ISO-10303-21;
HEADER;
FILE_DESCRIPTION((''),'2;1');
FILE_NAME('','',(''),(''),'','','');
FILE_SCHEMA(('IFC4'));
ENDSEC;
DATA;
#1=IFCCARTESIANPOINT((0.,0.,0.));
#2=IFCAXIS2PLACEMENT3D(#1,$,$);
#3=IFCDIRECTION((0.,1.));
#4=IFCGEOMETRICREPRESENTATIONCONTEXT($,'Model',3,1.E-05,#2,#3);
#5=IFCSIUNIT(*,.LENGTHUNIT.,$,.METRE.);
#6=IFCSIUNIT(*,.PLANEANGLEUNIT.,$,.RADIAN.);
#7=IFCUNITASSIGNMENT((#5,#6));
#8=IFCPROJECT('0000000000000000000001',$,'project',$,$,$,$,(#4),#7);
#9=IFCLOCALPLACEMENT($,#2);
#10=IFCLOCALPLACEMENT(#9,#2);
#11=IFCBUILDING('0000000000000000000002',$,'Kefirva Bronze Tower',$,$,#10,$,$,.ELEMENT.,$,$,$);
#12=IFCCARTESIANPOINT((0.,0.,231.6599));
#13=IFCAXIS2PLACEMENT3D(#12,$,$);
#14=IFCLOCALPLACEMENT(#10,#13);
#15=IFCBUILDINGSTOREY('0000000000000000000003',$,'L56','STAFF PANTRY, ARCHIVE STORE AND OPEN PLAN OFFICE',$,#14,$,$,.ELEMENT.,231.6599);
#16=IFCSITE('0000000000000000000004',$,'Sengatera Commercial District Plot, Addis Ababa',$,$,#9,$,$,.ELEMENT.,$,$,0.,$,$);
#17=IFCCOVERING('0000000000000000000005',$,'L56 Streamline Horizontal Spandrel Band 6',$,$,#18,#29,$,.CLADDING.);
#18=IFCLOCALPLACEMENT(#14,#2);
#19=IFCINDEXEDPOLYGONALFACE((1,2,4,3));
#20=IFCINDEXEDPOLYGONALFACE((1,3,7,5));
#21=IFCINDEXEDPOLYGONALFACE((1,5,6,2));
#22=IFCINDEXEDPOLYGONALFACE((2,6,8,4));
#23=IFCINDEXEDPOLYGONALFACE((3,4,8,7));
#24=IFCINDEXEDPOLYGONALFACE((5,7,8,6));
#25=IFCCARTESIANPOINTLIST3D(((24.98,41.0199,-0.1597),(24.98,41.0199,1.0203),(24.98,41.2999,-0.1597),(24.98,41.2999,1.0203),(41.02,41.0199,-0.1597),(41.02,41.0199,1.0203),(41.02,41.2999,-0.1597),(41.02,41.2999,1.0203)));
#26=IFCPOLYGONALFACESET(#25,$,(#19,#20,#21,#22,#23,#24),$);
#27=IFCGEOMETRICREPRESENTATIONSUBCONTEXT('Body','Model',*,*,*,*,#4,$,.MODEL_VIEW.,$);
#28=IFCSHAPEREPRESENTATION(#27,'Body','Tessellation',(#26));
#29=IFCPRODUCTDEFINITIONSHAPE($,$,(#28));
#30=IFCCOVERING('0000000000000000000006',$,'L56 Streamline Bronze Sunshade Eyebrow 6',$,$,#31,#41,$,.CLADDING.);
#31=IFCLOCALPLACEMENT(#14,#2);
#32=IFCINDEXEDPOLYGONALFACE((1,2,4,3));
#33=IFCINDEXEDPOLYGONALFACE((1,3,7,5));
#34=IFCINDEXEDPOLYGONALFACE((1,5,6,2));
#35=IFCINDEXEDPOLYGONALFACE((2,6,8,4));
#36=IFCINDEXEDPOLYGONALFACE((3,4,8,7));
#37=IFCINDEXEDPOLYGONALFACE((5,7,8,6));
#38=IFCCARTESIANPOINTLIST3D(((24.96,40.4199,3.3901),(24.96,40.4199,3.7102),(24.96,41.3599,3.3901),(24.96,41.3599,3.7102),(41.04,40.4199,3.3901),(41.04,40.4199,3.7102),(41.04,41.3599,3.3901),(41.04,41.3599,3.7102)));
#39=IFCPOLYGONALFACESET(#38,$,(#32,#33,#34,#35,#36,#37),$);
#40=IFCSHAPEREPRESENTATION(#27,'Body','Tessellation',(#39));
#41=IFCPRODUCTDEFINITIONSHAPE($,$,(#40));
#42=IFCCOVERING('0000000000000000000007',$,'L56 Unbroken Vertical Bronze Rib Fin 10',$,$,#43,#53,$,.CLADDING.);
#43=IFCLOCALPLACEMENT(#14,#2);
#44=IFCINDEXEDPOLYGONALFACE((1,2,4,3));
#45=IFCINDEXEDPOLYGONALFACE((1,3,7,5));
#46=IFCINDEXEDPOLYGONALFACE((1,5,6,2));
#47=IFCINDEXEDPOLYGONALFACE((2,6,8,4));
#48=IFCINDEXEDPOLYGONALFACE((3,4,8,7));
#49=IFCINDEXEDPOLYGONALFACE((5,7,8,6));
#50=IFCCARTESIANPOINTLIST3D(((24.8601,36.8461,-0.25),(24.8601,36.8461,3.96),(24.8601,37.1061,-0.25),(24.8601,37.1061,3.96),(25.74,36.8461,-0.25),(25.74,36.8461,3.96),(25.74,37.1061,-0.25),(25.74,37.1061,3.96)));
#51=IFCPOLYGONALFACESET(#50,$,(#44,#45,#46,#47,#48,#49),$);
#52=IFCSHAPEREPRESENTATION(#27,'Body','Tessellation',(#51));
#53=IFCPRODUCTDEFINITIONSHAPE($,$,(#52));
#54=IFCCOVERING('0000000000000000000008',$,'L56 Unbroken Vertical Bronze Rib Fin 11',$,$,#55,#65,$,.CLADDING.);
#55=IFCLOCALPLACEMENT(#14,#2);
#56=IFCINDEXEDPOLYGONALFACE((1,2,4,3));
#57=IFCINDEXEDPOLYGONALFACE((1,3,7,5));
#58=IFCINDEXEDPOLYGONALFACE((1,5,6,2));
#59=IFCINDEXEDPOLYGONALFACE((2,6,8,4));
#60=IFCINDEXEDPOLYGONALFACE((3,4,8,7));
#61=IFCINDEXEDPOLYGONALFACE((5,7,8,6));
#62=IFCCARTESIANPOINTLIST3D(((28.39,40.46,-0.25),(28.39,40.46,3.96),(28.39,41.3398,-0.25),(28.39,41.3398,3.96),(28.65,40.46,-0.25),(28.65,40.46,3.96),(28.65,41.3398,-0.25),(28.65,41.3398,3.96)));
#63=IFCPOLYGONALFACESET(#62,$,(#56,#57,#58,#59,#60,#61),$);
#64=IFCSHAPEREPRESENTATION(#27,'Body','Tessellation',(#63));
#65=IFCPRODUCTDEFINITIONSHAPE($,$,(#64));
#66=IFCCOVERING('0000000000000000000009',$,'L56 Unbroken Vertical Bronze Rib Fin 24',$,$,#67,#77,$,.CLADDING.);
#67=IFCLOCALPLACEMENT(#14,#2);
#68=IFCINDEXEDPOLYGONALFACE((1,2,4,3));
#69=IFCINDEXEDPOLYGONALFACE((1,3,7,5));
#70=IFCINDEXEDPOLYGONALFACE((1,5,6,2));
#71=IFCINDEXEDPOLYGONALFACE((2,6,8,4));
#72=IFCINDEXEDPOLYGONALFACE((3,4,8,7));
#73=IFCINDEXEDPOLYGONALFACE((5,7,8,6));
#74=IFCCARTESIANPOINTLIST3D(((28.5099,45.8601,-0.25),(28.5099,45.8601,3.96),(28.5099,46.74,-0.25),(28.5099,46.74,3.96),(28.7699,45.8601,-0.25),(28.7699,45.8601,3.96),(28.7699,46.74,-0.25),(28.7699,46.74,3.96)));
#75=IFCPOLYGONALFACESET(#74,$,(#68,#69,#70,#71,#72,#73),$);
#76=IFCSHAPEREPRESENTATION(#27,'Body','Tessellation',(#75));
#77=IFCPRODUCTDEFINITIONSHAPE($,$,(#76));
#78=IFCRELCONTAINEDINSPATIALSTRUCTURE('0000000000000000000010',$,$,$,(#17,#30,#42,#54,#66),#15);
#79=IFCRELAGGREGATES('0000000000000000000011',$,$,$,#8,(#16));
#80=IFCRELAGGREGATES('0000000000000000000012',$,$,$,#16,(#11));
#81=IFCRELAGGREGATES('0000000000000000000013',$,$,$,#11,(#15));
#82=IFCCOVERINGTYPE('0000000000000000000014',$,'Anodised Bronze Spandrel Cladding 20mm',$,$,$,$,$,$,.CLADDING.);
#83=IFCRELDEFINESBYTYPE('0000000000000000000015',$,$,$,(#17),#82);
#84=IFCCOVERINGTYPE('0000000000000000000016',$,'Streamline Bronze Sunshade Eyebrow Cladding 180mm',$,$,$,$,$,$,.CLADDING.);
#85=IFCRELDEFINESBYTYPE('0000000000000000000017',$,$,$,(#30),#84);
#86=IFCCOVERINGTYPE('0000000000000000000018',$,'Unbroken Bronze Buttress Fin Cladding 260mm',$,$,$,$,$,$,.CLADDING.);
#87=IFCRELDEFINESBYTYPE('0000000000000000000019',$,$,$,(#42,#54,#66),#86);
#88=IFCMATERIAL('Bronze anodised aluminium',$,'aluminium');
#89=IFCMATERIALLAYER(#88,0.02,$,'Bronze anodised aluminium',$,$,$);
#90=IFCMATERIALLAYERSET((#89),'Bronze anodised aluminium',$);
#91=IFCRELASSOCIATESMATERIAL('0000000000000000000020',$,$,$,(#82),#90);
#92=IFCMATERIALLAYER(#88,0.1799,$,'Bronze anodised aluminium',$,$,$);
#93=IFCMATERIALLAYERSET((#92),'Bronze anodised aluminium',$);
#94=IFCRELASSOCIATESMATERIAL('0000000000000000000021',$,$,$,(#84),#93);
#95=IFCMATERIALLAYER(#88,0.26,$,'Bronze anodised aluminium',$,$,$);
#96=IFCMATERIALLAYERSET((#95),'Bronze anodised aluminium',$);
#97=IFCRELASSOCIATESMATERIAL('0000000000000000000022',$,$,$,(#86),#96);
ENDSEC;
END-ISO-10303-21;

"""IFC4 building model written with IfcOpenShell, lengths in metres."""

from ifc_helpers import new_model, si_unit, direction, frame, origin, origin_2d, place, context, subcontext, project, spatial, rectangle, extrude, material, layer, layer_set, type_object, element, save


model = new_model("IFC4")

# Units and contexts
model_context = context("Model", 3, precision=1e-05, world=origin(), true_north=direction((0.0, 1.0)))
body_context = subcontext(model_context, "Body", "Model", "MODEL_VIEW")
ifc_project = project(units=[si_unit("LENGTHUNIT", "METRE"), si_unit("PLANEANGLEUNIT", "RADIAN")], contexts=[model_context])

# Site, building, storey
site_placement = place(None, origin())
site = spatial("IfcSite", under=ifc_project, at=site_placement, Name="Sengatera Commercial District Plot, Addis Ababa", CompositionType="ELEMENT", RefElevation=0.0)
building_placement = place(site_placement, origin())
building = spatial("IfcBuilding", under=site, at=building_placement, Name="Kefirva Bronze Tower", CompositionType="ELEMENT")
storey_placement = place(building_placement, frame((0.0, 0.0, 231.6599)))
storey = spatial("IfcBuildingStorey", under=building, at=storey_placement, Name="L56", Description="STAFF PANTRY, ARCHIVE STORE AND OPEN PLAN OFFICE", CompositionType="ELEMENT", Elevation=231.6599)

# Shared definitions
ifc_material_1 = material(Name="Bronze anodised aluminium", Category="aluminium")

# Coverings
ifc_layer_1 = layer(ifc_material_1, 0.02, Name="Bronze anodised aluminium")
ifc_layer_set_1 = layer_set([ifc_layer_1], Name="Bronze anodised aluminium")
covering_type_1 = type_object("IfcCoveringType", Name="Anodised Bronze Spandrel Cladding 20mm", PredefinedType="CLADDING", material=ifc_layer_set_1)
covering_1_placement = place(storey_placement, frame((33.0, 41.1599, -0.1597), z_axis=(0.0, 0.0, 1.0), x_axis=(1.0, 0.0, 0.0)))
element("IfcCovering", 1, at=covering_1_placement, inside=storey, type_object=covering_type_1, Name="L56 Streamline Horizontal Spandrel Band 6", PredefinedType="CLADDING", context=body_context, shape_type="SweptSolid", body=[
    extrude(rectangle(XDim=16.04, YDim=0.28, at=origin_2d()), origin(), (0.0, 0.0, 1.0), 1.1799),
])
ifc_layer_2 = layer(ifc_material_1, 0.1799, Name="Bronze anodised aluminium")
ifc_layer_set_2 = layer_set([ifc_layer_2], Name="Bronze anodised aluminium")
covering_type_2 = type_object("IfcCoveringType", Name="Streamline Bronze Sunshade Eyebrow Cladding 180mm", PredefinedType="CLADDING", material=ifc_layer_set_2)
covering_2_placement = place(storey_placement, frame((33.0, 40.8899, 3.3901), z_axis=(0.0, 0.0, 1.0), x_axis=(1.0, 0.0, 0.0)))
element("IfcCovering", 2, at=covering_2_placement, inside=storey, type_object=covering_type_2, Name="L56 Streamline Bronze Sunshade Eyebrow 6", PredefinedType="CLADDING", context=body_context, shape_type="SweptSolid", body=[
    extrude(rectangle(XDim=16.0801, YDim=0.9399, at=origin_2d()), origin(), (0.0, 0.0, 1.0), 0.3201),
])
ifc_layer_3 = layer(ifc_material_1, 0.26, Name="Bronze anodised aluminium")
ifc_layer_set_3 = layer_set([ifc_layer_3], Name="Bronze anodised aluminium")
covering_type_3 = type_object("IfcCoveringType", Name="Unbroken Bronze Buttress Fin Cladding 260mm", PredefinedType="CLADDING", material=ifc_layer_set_3)
for number, where, z_axis, x_axis, name in (
    (3, (25.3, 36.9761, -0.25), (0.0, 0.0, 1.0), (0.0, 1.0, 0.0), "L56 Unbroken Vertical Bronze Rib Fin 10"),
    (4, (28.52, 40.8999, -0.25), (0.0, 0.0, 1.0), (1.0, 0.0, 0.0), "L56 Unbroken Vertical Bronze Rib Fin 11"),
    (5, (28.6399, 46.3, -0.25), (0.0, 0.0, 1.0), (-1.0, 0.0, 0.0), "L56 Unbroken Vertical Bronze Rib Fin 24"),
):
    element("IfcCovering", number, at=place(storey_placement, frame(where, z_axis=z_axis, x_axis=x_axis)), inside=storey, type_object=covering_type_3, Name=name, PredefinedType="CLADDING", context=body_context, shape_type="SweptSolid", body=[
        extrude(rectangle(XDim=0.26, YDim=0.8799, at=origin_2d()), origin(), (0.0, 0.0, 1.0), 4.21),
    ])

save(model, "model.ifc")
